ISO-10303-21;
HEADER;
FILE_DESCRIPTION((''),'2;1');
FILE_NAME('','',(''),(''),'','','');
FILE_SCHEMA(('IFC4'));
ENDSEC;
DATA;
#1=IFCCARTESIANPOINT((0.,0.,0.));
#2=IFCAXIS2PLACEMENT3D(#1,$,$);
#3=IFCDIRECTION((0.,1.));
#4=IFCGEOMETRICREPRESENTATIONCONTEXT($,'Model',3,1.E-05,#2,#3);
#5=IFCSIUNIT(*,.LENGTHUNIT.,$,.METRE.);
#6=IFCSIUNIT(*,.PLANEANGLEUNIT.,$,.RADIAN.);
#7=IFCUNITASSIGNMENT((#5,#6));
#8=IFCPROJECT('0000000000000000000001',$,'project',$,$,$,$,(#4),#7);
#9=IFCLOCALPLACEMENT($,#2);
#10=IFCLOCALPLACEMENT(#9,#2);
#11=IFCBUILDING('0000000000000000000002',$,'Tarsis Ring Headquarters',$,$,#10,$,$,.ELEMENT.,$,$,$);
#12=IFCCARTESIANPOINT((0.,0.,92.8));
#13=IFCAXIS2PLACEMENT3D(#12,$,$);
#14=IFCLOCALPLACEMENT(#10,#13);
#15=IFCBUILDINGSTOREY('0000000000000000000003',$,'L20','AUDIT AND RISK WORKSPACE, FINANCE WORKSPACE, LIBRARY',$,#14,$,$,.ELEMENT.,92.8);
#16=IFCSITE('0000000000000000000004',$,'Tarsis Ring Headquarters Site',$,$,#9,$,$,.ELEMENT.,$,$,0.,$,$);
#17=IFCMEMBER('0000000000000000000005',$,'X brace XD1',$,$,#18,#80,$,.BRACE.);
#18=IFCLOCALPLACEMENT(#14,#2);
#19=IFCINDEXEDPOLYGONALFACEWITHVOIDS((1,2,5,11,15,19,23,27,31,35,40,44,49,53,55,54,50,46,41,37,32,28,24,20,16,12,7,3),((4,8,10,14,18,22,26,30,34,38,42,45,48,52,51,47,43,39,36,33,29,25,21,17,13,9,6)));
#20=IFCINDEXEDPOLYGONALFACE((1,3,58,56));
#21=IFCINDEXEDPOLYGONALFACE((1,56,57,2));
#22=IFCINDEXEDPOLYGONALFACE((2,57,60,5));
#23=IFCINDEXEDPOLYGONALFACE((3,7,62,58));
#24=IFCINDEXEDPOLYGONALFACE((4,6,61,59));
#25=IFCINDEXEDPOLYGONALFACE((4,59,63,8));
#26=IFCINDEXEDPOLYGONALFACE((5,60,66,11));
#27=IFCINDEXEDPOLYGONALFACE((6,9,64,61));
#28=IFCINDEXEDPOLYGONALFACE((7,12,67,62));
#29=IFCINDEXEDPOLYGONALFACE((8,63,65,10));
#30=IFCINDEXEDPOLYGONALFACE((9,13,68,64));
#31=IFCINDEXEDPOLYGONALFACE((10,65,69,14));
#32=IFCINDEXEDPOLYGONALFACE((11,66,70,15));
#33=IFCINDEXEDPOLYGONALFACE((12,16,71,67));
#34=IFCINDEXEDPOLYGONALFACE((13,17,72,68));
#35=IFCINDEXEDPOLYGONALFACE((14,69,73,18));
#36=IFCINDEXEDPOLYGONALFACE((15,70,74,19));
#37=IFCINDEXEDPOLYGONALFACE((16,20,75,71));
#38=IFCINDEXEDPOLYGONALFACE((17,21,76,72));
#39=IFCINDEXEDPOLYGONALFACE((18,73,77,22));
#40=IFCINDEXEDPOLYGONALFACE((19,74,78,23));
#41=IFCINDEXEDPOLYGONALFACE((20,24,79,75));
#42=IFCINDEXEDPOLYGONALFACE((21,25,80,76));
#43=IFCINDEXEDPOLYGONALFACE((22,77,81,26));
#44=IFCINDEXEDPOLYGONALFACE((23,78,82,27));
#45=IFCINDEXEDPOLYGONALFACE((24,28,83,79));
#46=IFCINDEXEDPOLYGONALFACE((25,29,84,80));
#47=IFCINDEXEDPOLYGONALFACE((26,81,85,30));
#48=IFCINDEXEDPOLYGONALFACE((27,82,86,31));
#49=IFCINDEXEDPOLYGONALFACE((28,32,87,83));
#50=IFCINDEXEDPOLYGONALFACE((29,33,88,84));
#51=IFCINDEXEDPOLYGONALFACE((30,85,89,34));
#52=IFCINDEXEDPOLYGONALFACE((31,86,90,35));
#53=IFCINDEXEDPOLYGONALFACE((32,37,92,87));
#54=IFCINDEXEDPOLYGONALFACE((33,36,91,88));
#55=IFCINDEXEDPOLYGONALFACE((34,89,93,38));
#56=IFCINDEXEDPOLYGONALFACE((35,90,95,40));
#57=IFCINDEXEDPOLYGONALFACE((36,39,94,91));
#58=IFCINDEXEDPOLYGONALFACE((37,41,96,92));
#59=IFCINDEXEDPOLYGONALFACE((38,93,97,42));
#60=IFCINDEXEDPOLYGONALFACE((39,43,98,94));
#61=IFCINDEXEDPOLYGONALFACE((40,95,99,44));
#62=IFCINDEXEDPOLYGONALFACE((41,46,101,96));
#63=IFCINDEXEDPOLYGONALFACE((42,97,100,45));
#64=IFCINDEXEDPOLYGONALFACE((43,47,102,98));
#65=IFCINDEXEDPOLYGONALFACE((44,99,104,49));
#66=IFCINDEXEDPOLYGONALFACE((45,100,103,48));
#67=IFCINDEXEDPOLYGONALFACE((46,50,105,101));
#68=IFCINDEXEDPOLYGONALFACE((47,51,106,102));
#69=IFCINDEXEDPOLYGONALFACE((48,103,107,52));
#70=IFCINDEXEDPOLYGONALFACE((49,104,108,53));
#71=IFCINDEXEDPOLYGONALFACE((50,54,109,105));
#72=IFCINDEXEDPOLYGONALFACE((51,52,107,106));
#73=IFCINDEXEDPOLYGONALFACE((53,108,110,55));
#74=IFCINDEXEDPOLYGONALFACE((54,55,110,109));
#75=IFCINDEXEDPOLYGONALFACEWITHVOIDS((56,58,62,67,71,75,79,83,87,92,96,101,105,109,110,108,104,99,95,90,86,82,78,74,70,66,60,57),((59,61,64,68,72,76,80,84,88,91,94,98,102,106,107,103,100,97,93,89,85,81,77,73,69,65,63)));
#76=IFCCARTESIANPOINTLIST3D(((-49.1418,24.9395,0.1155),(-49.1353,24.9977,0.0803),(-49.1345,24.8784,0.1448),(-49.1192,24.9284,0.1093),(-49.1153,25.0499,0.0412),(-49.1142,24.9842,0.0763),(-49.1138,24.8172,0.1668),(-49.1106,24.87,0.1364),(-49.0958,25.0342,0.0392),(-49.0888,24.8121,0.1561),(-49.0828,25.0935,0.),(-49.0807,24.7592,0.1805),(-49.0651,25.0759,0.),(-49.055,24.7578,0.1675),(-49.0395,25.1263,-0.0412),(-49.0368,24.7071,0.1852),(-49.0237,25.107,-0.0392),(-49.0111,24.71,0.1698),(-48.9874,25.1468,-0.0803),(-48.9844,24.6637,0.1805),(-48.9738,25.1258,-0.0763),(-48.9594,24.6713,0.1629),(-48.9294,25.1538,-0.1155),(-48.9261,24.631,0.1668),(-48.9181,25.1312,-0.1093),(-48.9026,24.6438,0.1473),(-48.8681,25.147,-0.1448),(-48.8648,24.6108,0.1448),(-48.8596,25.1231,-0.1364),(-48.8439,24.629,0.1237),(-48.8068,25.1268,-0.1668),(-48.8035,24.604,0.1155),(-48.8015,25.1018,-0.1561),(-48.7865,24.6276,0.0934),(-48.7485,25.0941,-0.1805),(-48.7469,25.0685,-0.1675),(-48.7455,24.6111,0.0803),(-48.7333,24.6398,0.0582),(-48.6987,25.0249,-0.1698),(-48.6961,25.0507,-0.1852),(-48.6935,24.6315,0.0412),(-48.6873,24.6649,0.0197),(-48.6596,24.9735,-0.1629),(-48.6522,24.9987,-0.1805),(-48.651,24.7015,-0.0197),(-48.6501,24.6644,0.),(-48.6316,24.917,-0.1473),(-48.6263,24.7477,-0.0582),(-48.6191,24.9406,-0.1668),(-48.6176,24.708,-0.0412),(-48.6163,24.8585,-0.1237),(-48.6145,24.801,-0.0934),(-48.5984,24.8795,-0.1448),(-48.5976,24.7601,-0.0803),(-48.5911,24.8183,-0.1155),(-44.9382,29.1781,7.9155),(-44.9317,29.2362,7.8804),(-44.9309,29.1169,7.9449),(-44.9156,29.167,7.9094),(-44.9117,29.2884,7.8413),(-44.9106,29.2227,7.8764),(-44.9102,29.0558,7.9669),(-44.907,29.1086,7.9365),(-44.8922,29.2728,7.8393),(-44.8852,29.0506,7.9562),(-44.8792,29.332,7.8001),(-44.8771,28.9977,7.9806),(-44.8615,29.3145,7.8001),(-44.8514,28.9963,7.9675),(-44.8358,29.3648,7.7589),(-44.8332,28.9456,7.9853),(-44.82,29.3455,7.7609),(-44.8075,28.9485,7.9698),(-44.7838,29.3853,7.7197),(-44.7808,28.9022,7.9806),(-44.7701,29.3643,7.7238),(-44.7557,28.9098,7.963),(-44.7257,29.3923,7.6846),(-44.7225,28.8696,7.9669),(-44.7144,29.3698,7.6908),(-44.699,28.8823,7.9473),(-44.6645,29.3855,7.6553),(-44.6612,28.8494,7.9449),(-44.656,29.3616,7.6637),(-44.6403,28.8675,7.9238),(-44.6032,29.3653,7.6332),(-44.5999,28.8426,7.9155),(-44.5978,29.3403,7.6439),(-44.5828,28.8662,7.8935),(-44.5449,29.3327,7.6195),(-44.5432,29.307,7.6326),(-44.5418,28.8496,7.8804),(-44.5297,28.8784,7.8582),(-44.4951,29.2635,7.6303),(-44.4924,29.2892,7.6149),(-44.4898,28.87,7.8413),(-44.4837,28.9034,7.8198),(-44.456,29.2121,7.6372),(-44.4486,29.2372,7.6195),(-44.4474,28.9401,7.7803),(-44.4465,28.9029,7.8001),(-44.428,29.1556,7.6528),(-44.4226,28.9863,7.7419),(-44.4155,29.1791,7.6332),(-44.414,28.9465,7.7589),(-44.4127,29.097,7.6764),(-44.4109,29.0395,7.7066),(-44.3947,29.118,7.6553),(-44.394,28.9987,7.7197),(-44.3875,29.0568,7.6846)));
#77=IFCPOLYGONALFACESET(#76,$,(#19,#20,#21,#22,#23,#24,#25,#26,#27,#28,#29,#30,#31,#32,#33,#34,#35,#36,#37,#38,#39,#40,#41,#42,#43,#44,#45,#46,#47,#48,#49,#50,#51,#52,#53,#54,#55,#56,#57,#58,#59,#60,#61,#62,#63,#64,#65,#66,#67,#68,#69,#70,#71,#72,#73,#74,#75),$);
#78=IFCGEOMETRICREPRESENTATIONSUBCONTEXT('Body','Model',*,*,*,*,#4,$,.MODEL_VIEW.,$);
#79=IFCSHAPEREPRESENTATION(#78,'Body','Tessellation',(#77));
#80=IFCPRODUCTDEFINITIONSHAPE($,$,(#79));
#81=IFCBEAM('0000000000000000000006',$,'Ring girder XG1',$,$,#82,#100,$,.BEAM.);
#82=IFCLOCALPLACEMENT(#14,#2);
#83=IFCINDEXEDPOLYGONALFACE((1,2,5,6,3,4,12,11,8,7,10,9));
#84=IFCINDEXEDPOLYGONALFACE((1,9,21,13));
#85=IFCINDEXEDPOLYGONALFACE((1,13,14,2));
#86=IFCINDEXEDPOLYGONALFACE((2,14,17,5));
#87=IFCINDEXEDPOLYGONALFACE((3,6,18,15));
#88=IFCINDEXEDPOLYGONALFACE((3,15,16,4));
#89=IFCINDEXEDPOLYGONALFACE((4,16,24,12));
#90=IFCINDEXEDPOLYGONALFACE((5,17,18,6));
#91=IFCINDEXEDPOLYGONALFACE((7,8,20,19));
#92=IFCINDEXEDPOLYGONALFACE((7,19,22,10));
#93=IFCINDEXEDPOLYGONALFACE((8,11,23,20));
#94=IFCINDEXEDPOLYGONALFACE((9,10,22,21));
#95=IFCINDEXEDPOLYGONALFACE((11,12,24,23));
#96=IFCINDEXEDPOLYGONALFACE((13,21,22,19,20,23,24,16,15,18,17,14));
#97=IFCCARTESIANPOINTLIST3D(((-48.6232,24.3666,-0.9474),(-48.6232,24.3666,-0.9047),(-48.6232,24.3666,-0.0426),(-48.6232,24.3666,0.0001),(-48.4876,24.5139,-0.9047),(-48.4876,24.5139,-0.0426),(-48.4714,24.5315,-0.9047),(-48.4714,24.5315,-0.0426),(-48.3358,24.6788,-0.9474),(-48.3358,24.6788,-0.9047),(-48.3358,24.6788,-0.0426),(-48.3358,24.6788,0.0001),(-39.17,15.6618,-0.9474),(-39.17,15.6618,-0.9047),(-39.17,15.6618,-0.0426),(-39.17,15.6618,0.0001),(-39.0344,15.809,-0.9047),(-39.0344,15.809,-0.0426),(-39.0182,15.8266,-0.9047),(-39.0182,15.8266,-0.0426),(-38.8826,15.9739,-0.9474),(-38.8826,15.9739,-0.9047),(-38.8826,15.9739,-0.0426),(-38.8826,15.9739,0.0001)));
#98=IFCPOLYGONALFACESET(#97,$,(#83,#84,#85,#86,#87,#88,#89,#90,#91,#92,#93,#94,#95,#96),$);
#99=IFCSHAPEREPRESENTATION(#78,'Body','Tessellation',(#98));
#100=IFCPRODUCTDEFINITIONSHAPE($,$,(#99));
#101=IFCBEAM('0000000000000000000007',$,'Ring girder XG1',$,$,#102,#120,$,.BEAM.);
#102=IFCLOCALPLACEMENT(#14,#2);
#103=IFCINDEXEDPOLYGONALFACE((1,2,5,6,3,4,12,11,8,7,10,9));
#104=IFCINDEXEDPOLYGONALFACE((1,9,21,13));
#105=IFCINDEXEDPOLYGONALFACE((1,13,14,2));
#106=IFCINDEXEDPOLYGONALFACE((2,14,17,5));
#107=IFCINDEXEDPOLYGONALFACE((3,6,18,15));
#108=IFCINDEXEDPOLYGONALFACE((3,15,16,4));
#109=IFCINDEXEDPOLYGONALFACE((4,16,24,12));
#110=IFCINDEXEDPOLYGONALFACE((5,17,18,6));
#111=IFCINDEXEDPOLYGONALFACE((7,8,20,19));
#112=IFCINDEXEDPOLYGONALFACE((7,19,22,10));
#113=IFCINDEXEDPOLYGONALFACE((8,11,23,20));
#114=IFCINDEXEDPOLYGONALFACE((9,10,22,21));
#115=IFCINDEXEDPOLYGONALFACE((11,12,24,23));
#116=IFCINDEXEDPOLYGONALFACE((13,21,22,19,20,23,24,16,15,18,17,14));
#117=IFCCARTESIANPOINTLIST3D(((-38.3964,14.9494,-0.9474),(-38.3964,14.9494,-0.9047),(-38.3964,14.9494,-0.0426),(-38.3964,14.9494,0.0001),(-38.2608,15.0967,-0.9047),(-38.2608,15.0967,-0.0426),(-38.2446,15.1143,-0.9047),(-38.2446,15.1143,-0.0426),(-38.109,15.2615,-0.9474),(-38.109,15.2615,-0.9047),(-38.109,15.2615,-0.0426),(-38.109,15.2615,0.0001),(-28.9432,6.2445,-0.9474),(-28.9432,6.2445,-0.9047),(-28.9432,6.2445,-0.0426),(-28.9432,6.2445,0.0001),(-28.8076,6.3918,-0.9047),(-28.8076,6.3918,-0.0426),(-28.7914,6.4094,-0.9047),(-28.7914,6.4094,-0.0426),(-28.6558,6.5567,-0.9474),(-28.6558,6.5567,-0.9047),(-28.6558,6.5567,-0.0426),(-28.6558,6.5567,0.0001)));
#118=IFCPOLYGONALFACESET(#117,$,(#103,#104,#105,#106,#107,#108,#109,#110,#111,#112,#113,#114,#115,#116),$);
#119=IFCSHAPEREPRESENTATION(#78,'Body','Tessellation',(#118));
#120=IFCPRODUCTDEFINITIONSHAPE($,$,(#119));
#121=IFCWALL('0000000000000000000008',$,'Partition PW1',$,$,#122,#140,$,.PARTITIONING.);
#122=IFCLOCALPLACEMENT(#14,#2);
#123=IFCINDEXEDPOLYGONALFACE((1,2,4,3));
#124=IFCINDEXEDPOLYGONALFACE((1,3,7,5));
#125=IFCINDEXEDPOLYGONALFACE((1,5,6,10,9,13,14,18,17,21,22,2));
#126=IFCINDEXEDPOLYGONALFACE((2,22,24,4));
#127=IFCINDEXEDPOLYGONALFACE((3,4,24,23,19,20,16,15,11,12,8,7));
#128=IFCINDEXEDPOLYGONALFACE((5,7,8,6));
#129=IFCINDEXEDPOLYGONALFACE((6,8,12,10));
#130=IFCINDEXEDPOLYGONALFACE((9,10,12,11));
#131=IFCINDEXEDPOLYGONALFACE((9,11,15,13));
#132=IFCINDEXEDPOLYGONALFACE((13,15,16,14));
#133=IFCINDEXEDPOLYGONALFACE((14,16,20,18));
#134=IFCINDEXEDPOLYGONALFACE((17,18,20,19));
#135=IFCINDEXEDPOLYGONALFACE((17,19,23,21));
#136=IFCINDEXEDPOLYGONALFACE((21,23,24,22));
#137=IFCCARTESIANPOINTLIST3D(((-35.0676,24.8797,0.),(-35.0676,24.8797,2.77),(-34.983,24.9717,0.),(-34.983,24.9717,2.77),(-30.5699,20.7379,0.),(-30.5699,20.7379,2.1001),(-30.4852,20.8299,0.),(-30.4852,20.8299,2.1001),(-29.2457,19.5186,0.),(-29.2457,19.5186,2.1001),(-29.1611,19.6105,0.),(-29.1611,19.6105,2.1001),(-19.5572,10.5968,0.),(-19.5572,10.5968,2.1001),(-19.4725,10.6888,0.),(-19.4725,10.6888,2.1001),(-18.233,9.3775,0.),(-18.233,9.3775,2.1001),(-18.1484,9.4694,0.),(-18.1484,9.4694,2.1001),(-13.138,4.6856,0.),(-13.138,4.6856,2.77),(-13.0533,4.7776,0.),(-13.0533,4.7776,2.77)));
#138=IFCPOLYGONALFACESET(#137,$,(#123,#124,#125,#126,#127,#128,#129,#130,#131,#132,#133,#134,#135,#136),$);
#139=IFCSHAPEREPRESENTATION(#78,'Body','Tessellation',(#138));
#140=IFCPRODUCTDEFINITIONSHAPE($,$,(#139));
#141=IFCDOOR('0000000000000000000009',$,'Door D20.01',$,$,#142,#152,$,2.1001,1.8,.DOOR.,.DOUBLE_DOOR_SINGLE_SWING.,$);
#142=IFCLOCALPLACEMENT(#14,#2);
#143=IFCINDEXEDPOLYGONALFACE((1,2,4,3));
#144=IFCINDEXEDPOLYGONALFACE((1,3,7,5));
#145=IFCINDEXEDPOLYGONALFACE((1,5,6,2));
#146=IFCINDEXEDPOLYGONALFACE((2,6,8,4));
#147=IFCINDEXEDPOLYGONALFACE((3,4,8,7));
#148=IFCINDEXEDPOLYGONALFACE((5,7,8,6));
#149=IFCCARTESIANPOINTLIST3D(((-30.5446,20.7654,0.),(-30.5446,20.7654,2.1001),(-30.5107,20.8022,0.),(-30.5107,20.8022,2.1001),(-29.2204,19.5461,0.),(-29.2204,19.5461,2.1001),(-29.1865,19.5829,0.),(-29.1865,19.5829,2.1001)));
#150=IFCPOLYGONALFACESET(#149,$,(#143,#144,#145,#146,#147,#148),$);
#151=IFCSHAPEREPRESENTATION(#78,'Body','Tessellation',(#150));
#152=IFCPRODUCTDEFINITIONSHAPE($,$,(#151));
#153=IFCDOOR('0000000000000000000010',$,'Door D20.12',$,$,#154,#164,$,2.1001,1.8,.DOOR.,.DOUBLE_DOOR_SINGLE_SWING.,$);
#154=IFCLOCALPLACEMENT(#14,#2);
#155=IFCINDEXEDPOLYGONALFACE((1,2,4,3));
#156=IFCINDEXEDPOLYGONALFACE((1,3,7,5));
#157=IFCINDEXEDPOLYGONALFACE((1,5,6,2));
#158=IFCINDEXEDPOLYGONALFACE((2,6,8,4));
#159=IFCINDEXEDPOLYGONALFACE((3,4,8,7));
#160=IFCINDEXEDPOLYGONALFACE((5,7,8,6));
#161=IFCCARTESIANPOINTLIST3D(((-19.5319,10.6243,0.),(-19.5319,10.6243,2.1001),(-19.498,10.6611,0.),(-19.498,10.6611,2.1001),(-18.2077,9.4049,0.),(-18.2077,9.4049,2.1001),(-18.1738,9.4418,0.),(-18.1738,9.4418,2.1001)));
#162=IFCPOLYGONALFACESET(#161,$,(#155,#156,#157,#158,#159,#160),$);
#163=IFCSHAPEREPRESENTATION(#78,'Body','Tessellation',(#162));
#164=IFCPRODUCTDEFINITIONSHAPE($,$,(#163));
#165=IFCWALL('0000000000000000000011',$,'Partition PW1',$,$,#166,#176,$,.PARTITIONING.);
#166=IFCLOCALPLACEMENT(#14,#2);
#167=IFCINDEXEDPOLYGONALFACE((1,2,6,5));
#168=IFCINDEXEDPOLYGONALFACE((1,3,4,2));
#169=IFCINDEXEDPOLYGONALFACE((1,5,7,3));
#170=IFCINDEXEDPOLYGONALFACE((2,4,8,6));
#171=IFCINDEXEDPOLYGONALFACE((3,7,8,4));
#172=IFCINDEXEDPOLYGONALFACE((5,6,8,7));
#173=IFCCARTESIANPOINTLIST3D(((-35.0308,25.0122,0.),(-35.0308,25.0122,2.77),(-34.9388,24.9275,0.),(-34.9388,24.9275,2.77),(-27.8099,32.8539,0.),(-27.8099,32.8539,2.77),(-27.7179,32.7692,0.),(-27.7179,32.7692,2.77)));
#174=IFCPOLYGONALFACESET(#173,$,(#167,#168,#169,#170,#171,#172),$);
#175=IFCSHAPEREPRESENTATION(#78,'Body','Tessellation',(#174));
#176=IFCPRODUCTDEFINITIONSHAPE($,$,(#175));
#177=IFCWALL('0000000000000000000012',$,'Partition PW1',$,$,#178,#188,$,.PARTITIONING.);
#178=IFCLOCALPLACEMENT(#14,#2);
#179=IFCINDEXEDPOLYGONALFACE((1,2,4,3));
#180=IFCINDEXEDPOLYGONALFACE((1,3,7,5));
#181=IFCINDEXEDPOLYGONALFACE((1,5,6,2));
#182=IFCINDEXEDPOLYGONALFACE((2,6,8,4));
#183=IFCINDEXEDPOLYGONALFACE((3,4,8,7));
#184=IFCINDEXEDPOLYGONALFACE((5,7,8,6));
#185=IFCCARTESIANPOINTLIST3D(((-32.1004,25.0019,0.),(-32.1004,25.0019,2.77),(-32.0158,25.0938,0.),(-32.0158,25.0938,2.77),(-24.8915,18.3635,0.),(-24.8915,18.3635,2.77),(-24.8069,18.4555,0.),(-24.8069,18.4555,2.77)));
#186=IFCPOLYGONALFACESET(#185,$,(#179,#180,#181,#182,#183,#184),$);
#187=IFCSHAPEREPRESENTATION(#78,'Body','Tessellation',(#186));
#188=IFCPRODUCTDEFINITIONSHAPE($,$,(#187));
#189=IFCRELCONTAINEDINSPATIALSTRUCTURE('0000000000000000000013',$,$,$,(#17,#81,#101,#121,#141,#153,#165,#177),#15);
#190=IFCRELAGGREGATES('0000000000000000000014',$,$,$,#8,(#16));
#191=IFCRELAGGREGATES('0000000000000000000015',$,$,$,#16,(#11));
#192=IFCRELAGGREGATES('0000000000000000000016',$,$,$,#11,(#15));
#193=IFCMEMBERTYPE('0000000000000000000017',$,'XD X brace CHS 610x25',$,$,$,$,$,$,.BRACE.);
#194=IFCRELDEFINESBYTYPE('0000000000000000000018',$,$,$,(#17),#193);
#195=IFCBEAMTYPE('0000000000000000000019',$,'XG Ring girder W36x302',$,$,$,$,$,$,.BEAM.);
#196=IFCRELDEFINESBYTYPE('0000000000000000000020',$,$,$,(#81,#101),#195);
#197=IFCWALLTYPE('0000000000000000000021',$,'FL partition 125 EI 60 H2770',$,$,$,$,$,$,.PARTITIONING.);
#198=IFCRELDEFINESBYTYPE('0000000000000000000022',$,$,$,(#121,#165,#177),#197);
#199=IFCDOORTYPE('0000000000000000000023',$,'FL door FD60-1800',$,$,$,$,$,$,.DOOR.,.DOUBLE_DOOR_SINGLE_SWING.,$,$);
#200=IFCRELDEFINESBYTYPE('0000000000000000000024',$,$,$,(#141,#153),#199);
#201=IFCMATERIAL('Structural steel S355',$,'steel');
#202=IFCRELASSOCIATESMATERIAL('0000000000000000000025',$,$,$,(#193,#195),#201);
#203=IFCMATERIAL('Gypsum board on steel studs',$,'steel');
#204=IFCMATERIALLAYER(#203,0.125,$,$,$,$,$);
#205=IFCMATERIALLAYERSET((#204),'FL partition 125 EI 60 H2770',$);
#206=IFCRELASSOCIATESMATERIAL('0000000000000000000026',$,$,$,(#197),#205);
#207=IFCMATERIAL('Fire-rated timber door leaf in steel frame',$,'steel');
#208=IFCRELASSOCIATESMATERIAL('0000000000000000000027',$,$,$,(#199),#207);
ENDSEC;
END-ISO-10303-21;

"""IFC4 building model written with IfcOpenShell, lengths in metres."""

from ifc_helpers import new_model, si_unit, direction, frame, frame_2d, origin, origin_2d, place, context, subcontext, project, spatial, rectangle, hollow_circle, i_section, extrude, material, layer, layer_set, material_profile, profile_set, type_object, element, fill, save


model = new_model("IFC4")

# Units and contexts
model_context = context("Model", 3, precision=1e-05, world=origin(), true_north=direction((0.0, 1.0)))
body_context = subcontext(model_context, "Body", "Model", "MODEL_VIEW")
ifc_project = project(units=[si_unit("LENGTHUNIT", "METRE"), si_unit("PLANEANGLEUNIT", "RADIAN")], contexts=[model_context])

# Site, building, storey
site_placement = place(None, origin())
site = spatial("IfcSite", under=ifc_project, at=site_placement, Name="Tarsis Ring Headquarters Site", CompositionType="ELEMENT", RefElevation=0.0)
building_placement = place(site_placement, origin())
building = spatial("IfcBuilding", under=site, at=building_placement, Name="Tarsis Ring Headquarters", CompositionType="ELEMENT")
storey_placement = place(building_placement, frame((0.0, 0.0, 92.8)))
storey = spatial("IfcBuildingStorey", under=building, at=storey_placement, Name="L20", Description="AUDIT AND RISK WORKSPACE, FINANCE WORKSPACE, LIBRARY", CompositionType="ELEMENT", Elevation=92.8)

# Shared definitions
ifc_material_1 = material(Name="Structural steel S355", Category="steel")

# Member
ifc_material_profile_1 = material_profile(ifc_material_1, hollow_circle(Radius=0.3047, WallThickness=0.0249, at=origin_2d()), Name="CHS 610x25")
ifc_profile_set_1 = profile_set([ifc_material_profile_1], Name="Structural steel S355")
member_type = type_object("IfcMemberType", Name="XD X brace CHS 610x25", PredefinedType="BRACE", material=ifc_profile_set_1)
member_placement = place(storey_placement, frame((-48.8665, 24.8789, 0.0), z_axis=(0.427969, 0.431524, 0.794122), x_axis=(-0.710025, 0.704177, 0.0)))
element("IfcMember", 1, at=member_placement, inside=storey, type_object=member_type, Name="X brace XD1", PredefinedType="BRACE", context=body_context, shape_type="SweptSolid", body=[
    extrude(hollow_circle(Radius=0.3047, WallThickness=0.0249, at=origin_2d()), origin(), (0.0, 0.0, 1.0), 9.8223),
])

# Beams
ifc_material_profile_2 = material_profile(ifc_material_1, i_section(OverallWidth=0.4243, OverallDepth=0.9475, WebThickness=0.0239, FlangeThickness=0.0427, at=origin_2d()), Name="W36x302")
ifc_profile_set_2 = profile_set([ifc_material_profile_2], Name="Structural steel S355")
beam_type = type_object("IfcBeamType", Name="XG Ring girder W36x302", PredefinedType="BEAM", material=ifc_profile_set_2)
for number, where, z_axis, x_axis, name in (
    (2, (-48.4795, 24.5227, -0.4736), (0.735622, -0.677392, 0.0), (0.677392, 0.735622, 0.0), "Ring girder XG1"),
    (3, (-38.2527, 15.1055, -0.4736), (0.735622, -0.677392, 0.0), (0.677392, 0.735622, 0.0), "Ring girder XG1"),
):
    element("IfcBeam", number, at=place(storey_placement, frame(where, z_axis=z_axis, x_axis=x_axis)), inside=storey, type_object=beam_type, Name=name, PredefinedType="BEAM", context=body_context, shape_type="SweptSolid", body=[
        extrude(i_section(OverallWidth=0.4243, OverallDepth=0.9475, WebThickness=0.0239, FlangeThickness=0.0427, at=origin_2d()), origin(), (0.0, 0.0, 1.0), 12.8506),
    ])

# Wall, openings, doors
ifc_material_2 = material(Name="Gypsum board on steel studs", Category="steel")
ifc_layer_1 = layer(ifc_material_2, 0.125)
ifc_layer_set_1 = layer_set([ifc_layer_1], Name="FL partition 125 EI 60 H2770")
wall_type_1 = type_object("IfcWallType", Name="FL partition 125 EI 60 H2770", PredefinedType="PARTITIONING", material=ifc_layer_set_1)
wall_1_placement = place(storey_placement, frame((-35.0254, 24.9258, 0.0), z_axis=(0.0, 0.0, 1.0), x_axis=(0.735617, -0.677398, 0.0)))
wall_1 = element("IfcWall", 4, at=wall_1_placement, inside=storey, type_object=wall_type_1, Name="Partition PW1", PredefinedType="PARTITIONING", context=body_context, shape_type="SweptSolid", body=[
    extrude(rectangle(XDim=29.8113, YDim=0.125, at=frame_2d((14.9058, 0.0))), origin(), (0.0, 0.0, 1.0), 2.77),
])
opening_1_placement = place(wall_1_placement, frame((6.1145, 0.0, 0.0)))
opening_1 = element("IfcOpeningElement", 5, at=opening_1_placement, cuts=wall_1, PredefinedType="OPENING", context=body_context, shape_type="SweptSolid", body=[
    extrude(rectangle(XDim=1.8, YDim=2.1001, at=frame_2d((0.8999, 1.05))), frame((0.0, 0.0725, 0.0), z_axis=(0.0, -1.0, 0.0), x_axis=(1.0, 0.0, 0.0)), (0.0, 0.0, 1.0), 0.145),
])
opening_2_placement = place(wall_1_placement, frame((21.0852, 0.0, 0.0)))
opening_2 = element("IfcOpeningElement", 6, at=opening_2_placement, cuts=wall_1, PredefinedType="OPENING", context=body_context, shape_type="SweptSolid", body=[
    extrude(rectangle(XDim=1.8, YDim=2.1001, at=frame_2d((0.8999, 1.05))), frame((0.0, 0.0725, 0.0), z_axis=(0.0, -1.0, 0.0), x_axis=(1.0, 0.0, 0.0)), (0.0, 0.0, 1.0), 0.145),
])
ifc_material_3 = material(Name="Fire-rated timber door leaf in steel frame", Category="steel")
door_type = type_object("IfcDoorType", Name="FL door FD60-1800", OperationType="DOUBLE_DOOR_SINGLE_SWING", PredefinedType="DOOR", material=ifc_material_3)
door_1_placement = place(opening_1_placement, origin())
door_1 = element("IfcDoor", 7, at=door_1_placement, inside=storey, type_object=door_type, Name="Door D20.01", OperationType="DOUBLE_DOOR_SINGLE_SWING", OverallHeight=2.1001, OverallWidth=1.8, PredefinedType="DOOR", context=body_context, shape_type="SweptSolid", body=[
    extrude(rectangle(XDim=1.8, YDim=2.1001, at=frame_2d((0.8999, 1.05))), frame((0.0, 0.0249, 0.0), z_axis=(0.0, -1.0, 0.0), x_axis=(1.0, 0.0, 0.0)), (0.0, 0.0, 1.0), 0.05),
])
fill(opening_1, door_1)
door_2_placement = place(opening_2_placement, origin())
door_2 = element("IfcDoor", 8, at=door_2_placement, inside=storey, type_object=door_type, Name="Door D20.12", OperationType="DOUBLE_DOOR_SINGLE_SWING", OverallHeight=2.1001, OverallWidth=1.8, PredefinedType="DOOR", context=body_context, shape_type="SweptSolid", body=[
    extrude(rectangle(XDim=1.8, YDim=2.1001, at=frame_2d((0.8999, 1.05))), frame((0.0, 0.0249, 0.0), z_axis=(0.0, -1.0, 0.0), x_axis=(1.0, 0.0, 0.0)), (0.0, 0.0, 1.0), 0.05),
])
fill(opening_2, door_2)

# Walls
wall_2_placement = place(storey_placement, frame((-34.9849, 24.9697, 0.0), z_axis=(0.0, 0.0, 1.0), x_axis=(0.677386, 0.735627, 0.0)))
element("IfcWall", 9, at=wall_2_placement, inside=storey, type_object=wall_type_1, Name="Partition PW1", PredefinedType="PARTITIONING", context=body_context, shape_type="SweptSolid", body=[
    extrude(rectangle(XDim=10.6599, YDim=0.125, at=frame_2d((5.3301, 0.0))), origin(), (0.0, 0.0, 1.0), 2.77),
])
wall_3_placement = place(storey_placement, frame((-32.0581, 25.0479, 0.0), z_axis=(0.0, 0.0, 1.0), x_axis=(0.735618, -0.677397, 0.0)))
element("IfcWall", 10, at=wall_3_placement, inside=storey, type_object=wall_type_1, Name="Partition PW1", PredefinedType="PARTITIONING", context=body_context, shape_type="SweptSolid", body=[
    extrude(rectangle(XDim=9.7998, YDim=0.125, at=frame_2d((4.8999, 0.0))), origin(), (0.0, 0.0, 1.0), 2.77),
])

save(model, "model.ifc")
